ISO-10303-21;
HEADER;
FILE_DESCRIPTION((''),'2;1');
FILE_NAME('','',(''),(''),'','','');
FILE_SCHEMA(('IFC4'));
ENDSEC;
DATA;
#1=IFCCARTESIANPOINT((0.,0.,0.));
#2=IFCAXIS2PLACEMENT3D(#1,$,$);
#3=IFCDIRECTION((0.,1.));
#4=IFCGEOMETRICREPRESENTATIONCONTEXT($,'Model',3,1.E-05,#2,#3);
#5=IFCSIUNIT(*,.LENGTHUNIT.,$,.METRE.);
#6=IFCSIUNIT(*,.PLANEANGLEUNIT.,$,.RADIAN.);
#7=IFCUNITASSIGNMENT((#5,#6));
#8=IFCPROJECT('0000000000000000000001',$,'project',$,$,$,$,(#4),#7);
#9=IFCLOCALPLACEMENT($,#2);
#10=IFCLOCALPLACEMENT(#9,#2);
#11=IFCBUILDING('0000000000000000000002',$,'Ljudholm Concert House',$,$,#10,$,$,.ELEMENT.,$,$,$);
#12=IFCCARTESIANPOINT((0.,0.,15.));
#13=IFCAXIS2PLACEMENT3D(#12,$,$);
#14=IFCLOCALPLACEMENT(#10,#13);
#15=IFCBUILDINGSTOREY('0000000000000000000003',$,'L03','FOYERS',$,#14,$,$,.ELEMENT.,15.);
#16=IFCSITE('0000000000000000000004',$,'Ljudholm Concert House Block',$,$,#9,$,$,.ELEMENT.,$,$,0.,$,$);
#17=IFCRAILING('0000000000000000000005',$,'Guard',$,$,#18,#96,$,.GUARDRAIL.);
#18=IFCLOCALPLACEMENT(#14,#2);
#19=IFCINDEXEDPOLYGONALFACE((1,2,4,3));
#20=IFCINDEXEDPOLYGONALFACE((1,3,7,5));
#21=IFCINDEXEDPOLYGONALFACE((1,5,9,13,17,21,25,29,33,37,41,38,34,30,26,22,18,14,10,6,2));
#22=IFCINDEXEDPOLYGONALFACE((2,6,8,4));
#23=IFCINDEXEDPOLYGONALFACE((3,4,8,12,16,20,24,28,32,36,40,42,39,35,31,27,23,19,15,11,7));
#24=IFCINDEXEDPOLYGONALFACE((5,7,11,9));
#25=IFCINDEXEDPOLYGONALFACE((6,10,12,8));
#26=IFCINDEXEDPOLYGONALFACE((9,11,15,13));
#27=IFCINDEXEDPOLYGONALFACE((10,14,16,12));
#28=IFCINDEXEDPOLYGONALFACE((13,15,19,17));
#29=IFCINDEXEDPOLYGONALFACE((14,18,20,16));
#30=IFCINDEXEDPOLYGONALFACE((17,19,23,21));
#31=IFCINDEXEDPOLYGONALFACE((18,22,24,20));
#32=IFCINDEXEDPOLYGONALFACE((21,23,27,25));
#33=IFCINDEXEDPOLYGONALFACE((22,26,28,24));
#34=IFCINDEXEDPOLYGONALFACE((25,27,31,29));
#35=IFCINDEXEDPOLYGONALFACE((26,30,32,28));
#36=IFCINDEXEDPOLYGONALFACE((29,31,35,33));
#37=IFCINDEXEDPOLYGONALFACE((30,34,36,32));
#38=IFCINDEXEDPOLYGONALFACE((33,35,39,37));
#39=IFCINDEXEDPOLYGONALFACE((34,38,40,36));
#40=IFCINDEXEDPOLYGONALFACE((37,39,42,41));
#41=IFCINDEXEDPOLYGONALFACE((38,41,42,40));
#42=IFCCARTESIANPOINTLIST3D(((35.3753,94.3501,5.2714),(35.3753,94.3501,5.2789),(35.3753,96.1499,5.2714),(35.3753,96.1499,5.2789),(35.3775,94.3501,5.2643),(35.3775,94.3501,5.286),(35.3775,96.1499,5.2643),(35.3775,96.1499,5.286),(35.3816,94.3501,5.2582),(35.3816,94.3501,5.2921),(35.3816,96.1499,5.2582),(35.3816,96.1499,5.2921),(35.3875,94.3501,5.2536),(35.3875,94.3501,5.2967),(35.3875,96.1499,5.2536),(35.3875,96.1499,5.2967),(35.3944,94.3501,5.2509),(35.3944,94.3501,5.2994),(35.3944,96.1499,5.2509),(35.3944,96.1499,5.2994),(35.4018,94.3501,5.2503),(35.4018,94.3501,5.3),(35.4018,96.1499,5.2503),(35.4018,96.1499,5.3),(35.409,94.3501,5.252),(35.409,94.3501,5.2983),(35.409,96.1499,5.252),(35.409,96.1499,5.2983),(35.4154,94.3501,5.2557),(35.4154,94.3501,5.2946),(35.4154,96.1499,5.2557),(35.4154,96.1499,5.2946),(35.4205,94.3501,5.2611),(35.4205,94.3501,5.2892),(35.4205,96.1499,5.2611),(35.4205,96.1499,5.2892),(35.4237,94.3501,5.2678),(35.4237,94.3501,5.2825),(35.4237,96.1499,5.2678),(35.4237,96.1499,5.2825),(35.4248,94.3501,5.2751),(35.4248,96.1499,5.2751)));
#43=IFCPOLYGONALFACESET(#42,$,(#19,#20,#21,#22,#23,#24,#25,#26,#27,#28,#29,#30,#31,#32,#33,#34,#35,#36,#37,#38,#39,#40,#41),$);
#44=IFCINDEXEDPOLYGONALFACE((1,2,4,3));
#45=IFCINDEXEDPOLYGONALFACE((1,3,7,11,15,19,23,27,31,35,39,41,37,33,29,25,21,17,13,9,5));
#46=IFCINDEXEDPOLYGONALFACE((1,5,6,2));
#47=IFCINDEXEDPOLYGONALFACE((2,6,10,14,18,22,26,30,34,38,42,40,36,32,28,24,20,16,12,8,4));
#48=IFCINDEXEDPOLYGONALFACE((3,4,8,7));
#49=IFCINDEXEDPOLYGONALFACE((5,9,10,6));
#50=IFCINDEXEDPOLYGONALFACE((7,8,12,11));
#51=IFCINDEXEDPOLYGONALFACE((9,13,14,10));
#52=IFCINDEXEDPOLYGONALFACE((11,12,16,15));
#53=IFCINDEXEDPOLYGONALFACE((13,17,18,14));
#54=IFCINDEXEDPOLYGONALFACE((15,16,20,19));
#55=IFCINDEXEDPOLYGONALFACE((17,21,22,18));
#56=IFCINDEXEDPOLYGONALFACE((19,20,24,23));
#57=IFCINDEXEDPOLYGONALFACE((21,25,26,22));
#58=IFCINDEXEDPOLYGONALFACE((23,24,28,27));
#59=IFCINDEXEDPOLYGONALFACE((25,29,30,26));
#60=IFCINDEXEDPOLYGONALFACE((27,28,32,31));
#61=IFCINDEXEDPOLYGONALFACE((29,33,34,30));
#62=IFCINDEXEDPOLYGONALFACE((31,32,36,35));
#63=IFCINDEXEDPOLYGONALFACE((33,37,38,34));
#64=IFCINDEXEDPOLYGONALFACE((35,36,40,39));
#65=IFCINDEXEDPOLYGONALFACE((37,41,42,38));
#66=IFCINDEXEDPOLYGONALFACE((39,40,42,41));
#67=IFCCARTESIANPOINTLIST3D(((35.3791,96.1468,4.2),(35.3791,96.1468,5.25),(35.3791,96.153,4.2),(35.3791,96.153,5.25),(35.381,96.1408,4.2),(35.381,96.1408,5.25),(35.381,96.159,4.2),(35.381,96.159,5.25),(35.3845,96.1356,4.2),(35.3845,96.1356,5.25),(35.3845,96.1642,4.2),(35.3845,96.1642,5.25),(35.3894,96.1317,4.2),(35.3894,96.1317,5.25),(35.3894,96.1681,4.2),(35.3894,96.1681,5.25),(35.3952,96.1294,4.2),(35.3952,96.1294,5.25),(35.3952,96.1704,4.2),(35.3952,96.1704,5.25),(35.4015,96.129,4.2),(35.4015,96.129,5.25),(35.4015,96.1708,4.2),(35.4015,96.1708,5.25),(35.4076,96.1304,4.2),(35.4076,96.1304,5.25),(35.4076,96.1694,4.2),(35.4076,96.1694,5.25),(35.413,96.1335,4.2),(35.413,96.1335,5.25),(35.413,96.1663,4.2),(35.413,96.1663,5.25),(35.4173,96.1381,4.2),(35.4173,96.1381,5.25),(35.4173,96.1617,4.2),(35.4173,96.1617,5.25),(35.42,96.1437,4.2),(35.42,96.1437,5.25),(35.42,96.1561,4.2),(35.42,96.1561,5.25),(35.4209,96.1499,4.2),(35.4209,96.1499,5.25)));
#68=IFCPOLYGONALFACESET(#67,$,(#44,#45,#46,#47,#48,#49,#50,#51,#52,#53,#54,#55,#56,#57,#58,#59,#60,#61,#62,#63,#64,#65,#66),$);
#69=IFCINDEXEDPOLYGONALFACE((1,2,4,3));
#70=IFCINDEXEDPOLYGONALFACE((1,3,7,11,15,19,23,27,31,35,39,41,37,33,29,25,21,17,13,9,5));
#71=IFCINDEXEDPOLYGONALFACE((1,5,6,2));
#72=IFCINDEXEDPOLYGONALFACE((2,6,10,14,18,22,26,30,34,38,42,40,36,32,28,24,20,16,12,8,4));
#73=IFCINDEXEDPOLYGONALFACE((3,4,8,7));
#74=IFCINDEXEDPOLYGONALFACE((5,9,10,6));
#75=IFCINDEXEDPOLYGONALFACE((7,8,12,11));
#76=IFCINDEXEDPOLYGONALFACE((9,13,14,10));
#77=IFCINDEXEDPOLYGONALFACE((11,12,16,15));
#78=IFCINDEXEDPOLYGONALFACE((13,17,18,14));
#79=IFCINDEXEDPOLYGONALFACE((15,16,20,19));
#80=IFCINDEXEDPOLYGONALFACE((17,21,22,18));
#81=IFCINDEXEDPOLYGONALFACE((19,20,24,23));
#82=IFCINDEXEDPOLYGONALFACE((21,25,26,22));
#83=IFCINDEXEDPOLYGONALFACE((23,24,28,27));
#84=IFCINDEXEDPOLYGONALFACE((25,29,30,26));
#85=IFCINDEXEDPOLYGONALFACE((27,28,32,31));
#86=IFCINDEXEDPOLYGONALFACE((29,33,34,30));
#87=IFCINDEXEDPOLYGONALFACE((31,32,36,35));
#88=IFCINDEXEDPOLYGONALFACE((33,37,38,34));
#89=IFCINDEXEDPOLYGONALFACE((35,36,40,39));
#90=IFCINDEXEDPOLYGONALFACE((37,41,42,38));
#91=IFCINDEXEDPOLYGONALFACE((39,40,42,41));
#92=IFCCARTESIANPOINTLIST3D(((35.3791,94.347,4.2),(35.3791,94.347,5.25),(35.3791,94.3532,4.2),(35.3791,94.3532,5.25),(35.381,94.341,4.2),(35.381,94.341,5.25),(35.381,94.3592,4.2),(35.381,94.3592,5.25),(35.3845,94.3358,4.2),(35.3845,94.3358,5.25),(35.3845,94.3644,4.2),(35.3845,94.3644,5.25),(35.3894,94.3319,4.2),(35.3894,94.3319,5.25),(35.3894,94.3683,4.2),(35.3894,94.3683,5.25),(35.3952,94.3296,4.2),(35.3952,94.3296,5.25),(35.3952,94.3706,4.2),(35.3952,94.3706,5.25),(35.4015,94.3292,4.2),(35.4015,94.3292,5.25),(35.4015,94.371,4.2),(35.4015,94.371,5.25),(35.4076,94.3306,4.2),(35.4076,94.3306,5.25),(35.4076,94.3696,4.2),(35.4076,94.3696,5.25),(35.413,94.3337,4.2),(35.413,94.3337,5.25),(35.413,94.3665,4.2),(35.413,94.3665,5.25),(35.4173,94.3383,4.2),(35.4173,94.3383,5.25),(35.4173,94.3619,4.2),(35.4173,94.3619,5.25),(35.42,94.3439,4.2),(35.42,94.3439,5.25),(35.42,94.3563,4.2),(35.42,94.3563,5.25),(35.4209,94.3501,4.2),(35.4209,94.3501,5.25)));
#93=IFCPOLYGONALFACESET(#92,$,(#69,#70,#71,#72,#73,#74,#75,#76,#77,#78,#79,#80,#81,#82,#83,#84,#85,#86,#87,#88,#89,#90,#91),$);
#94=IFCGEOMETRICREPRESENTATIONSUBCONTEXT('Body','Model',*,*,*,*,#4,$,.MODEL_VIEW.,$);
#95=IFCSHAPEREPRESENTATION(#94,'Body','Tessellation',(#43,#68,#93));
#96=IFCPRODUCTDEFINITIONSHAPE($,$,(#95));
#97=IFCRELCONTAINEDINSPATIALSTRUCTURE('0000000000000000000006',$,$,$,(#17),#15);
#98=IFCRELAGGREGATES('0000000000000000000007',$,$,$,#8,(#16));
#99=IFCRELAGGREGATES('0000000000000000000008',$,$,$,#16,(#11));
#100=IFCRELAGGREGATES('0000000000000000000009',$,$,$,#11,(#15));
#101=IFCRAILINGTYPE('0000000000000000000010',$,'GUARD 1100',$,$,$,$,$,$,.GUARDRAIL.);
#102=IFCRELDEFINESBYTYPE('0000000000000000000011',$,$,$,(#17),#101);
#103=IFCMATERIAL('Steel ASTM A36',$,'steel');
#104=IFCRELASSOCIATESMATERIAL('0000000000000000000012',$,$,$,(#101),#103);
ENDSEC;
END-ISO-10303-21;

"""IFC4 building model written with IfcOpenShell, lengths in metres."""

from ifc_helpers import new_model, si_unit, direction, frame, origin, origin_2d, place, context, subcontext, project, spatial, circle, extrude, material, type_object, element, save


model = new_model("IFC4")

# Units and contexts
model_context = context("Model", 3, precision=1e-05, world=origin(), true_north=direction((0.0, 1.0)))
body_context = subcontext(model_context, "Body", "Model", "MODEL_VIEW")
ifc_project = project(units=[si_unit("LENGTHUNIT", "METRE"), si_unit("PLANEANGLEUNIT", "RADIAN")], contexts=[model_context])

# Site, building, storey
site_placement = place(None, origin())
site = spatial("IfcSite", under=ifc_project, at=site_placement, Name="Ljudholm Concert House Block", CompositionType="ELEMENT", RefElevation=0.0)
building_placement = place(site_placement, origin())
building = spatial("IfcBuilding", under=site, at=building_placement, Name="Ljudholm Concert House", CompositionType="ELEMENT")
storey_placement = place(building_placement, frame((0.0, 0.0, 15.0)))
storey = spatial("IfcBuildingStorey", under=building, at=storey_placement, Name="L03", Description="FOYERS", CompositionType="ELEMENT", Elevation=15.0)

# Railing
ifc_material_1 = material(Name="Steel ASTM A36", Category="steel")
railing_type_1 = type_object("IfcRailingType", Name="GUARD 1100", PredefinedType="GUARDRAIL", material=ifc_material_1)
railing_1_placement = place(storey_placement, frame((35.3999, 96.1499, 4.2)))
element("IfcRailing", 1, at=railing_1_placement, inside=storey, type_object=railing_type_1, Name="Guard", PredefinedType="GUARDRAIL", context=body_context, shape_type="SweptSolid", body=[
    extrude(circle(Radius=0.0249, at=origin_2d()), frame((0.0, 0.0, 1.0752), z_axis=(0.0, -1.0, 0.0), x_axis=(1.0, 0.0, 0.0)), (0.0, 0.0, 1.0), 1.7998),
    extrude(circle(Radius=0.021, at=origin_2d()), origin(), (0.0, 0.0, 1.0), 1.05),
    extrude(circle(Radius=0.021, at=origin_2d()), frame((0.0, -1.7998, 0.0)), (0.0, 0.0, 1.0), 1.05),
])

save(model, "model.ifc")
